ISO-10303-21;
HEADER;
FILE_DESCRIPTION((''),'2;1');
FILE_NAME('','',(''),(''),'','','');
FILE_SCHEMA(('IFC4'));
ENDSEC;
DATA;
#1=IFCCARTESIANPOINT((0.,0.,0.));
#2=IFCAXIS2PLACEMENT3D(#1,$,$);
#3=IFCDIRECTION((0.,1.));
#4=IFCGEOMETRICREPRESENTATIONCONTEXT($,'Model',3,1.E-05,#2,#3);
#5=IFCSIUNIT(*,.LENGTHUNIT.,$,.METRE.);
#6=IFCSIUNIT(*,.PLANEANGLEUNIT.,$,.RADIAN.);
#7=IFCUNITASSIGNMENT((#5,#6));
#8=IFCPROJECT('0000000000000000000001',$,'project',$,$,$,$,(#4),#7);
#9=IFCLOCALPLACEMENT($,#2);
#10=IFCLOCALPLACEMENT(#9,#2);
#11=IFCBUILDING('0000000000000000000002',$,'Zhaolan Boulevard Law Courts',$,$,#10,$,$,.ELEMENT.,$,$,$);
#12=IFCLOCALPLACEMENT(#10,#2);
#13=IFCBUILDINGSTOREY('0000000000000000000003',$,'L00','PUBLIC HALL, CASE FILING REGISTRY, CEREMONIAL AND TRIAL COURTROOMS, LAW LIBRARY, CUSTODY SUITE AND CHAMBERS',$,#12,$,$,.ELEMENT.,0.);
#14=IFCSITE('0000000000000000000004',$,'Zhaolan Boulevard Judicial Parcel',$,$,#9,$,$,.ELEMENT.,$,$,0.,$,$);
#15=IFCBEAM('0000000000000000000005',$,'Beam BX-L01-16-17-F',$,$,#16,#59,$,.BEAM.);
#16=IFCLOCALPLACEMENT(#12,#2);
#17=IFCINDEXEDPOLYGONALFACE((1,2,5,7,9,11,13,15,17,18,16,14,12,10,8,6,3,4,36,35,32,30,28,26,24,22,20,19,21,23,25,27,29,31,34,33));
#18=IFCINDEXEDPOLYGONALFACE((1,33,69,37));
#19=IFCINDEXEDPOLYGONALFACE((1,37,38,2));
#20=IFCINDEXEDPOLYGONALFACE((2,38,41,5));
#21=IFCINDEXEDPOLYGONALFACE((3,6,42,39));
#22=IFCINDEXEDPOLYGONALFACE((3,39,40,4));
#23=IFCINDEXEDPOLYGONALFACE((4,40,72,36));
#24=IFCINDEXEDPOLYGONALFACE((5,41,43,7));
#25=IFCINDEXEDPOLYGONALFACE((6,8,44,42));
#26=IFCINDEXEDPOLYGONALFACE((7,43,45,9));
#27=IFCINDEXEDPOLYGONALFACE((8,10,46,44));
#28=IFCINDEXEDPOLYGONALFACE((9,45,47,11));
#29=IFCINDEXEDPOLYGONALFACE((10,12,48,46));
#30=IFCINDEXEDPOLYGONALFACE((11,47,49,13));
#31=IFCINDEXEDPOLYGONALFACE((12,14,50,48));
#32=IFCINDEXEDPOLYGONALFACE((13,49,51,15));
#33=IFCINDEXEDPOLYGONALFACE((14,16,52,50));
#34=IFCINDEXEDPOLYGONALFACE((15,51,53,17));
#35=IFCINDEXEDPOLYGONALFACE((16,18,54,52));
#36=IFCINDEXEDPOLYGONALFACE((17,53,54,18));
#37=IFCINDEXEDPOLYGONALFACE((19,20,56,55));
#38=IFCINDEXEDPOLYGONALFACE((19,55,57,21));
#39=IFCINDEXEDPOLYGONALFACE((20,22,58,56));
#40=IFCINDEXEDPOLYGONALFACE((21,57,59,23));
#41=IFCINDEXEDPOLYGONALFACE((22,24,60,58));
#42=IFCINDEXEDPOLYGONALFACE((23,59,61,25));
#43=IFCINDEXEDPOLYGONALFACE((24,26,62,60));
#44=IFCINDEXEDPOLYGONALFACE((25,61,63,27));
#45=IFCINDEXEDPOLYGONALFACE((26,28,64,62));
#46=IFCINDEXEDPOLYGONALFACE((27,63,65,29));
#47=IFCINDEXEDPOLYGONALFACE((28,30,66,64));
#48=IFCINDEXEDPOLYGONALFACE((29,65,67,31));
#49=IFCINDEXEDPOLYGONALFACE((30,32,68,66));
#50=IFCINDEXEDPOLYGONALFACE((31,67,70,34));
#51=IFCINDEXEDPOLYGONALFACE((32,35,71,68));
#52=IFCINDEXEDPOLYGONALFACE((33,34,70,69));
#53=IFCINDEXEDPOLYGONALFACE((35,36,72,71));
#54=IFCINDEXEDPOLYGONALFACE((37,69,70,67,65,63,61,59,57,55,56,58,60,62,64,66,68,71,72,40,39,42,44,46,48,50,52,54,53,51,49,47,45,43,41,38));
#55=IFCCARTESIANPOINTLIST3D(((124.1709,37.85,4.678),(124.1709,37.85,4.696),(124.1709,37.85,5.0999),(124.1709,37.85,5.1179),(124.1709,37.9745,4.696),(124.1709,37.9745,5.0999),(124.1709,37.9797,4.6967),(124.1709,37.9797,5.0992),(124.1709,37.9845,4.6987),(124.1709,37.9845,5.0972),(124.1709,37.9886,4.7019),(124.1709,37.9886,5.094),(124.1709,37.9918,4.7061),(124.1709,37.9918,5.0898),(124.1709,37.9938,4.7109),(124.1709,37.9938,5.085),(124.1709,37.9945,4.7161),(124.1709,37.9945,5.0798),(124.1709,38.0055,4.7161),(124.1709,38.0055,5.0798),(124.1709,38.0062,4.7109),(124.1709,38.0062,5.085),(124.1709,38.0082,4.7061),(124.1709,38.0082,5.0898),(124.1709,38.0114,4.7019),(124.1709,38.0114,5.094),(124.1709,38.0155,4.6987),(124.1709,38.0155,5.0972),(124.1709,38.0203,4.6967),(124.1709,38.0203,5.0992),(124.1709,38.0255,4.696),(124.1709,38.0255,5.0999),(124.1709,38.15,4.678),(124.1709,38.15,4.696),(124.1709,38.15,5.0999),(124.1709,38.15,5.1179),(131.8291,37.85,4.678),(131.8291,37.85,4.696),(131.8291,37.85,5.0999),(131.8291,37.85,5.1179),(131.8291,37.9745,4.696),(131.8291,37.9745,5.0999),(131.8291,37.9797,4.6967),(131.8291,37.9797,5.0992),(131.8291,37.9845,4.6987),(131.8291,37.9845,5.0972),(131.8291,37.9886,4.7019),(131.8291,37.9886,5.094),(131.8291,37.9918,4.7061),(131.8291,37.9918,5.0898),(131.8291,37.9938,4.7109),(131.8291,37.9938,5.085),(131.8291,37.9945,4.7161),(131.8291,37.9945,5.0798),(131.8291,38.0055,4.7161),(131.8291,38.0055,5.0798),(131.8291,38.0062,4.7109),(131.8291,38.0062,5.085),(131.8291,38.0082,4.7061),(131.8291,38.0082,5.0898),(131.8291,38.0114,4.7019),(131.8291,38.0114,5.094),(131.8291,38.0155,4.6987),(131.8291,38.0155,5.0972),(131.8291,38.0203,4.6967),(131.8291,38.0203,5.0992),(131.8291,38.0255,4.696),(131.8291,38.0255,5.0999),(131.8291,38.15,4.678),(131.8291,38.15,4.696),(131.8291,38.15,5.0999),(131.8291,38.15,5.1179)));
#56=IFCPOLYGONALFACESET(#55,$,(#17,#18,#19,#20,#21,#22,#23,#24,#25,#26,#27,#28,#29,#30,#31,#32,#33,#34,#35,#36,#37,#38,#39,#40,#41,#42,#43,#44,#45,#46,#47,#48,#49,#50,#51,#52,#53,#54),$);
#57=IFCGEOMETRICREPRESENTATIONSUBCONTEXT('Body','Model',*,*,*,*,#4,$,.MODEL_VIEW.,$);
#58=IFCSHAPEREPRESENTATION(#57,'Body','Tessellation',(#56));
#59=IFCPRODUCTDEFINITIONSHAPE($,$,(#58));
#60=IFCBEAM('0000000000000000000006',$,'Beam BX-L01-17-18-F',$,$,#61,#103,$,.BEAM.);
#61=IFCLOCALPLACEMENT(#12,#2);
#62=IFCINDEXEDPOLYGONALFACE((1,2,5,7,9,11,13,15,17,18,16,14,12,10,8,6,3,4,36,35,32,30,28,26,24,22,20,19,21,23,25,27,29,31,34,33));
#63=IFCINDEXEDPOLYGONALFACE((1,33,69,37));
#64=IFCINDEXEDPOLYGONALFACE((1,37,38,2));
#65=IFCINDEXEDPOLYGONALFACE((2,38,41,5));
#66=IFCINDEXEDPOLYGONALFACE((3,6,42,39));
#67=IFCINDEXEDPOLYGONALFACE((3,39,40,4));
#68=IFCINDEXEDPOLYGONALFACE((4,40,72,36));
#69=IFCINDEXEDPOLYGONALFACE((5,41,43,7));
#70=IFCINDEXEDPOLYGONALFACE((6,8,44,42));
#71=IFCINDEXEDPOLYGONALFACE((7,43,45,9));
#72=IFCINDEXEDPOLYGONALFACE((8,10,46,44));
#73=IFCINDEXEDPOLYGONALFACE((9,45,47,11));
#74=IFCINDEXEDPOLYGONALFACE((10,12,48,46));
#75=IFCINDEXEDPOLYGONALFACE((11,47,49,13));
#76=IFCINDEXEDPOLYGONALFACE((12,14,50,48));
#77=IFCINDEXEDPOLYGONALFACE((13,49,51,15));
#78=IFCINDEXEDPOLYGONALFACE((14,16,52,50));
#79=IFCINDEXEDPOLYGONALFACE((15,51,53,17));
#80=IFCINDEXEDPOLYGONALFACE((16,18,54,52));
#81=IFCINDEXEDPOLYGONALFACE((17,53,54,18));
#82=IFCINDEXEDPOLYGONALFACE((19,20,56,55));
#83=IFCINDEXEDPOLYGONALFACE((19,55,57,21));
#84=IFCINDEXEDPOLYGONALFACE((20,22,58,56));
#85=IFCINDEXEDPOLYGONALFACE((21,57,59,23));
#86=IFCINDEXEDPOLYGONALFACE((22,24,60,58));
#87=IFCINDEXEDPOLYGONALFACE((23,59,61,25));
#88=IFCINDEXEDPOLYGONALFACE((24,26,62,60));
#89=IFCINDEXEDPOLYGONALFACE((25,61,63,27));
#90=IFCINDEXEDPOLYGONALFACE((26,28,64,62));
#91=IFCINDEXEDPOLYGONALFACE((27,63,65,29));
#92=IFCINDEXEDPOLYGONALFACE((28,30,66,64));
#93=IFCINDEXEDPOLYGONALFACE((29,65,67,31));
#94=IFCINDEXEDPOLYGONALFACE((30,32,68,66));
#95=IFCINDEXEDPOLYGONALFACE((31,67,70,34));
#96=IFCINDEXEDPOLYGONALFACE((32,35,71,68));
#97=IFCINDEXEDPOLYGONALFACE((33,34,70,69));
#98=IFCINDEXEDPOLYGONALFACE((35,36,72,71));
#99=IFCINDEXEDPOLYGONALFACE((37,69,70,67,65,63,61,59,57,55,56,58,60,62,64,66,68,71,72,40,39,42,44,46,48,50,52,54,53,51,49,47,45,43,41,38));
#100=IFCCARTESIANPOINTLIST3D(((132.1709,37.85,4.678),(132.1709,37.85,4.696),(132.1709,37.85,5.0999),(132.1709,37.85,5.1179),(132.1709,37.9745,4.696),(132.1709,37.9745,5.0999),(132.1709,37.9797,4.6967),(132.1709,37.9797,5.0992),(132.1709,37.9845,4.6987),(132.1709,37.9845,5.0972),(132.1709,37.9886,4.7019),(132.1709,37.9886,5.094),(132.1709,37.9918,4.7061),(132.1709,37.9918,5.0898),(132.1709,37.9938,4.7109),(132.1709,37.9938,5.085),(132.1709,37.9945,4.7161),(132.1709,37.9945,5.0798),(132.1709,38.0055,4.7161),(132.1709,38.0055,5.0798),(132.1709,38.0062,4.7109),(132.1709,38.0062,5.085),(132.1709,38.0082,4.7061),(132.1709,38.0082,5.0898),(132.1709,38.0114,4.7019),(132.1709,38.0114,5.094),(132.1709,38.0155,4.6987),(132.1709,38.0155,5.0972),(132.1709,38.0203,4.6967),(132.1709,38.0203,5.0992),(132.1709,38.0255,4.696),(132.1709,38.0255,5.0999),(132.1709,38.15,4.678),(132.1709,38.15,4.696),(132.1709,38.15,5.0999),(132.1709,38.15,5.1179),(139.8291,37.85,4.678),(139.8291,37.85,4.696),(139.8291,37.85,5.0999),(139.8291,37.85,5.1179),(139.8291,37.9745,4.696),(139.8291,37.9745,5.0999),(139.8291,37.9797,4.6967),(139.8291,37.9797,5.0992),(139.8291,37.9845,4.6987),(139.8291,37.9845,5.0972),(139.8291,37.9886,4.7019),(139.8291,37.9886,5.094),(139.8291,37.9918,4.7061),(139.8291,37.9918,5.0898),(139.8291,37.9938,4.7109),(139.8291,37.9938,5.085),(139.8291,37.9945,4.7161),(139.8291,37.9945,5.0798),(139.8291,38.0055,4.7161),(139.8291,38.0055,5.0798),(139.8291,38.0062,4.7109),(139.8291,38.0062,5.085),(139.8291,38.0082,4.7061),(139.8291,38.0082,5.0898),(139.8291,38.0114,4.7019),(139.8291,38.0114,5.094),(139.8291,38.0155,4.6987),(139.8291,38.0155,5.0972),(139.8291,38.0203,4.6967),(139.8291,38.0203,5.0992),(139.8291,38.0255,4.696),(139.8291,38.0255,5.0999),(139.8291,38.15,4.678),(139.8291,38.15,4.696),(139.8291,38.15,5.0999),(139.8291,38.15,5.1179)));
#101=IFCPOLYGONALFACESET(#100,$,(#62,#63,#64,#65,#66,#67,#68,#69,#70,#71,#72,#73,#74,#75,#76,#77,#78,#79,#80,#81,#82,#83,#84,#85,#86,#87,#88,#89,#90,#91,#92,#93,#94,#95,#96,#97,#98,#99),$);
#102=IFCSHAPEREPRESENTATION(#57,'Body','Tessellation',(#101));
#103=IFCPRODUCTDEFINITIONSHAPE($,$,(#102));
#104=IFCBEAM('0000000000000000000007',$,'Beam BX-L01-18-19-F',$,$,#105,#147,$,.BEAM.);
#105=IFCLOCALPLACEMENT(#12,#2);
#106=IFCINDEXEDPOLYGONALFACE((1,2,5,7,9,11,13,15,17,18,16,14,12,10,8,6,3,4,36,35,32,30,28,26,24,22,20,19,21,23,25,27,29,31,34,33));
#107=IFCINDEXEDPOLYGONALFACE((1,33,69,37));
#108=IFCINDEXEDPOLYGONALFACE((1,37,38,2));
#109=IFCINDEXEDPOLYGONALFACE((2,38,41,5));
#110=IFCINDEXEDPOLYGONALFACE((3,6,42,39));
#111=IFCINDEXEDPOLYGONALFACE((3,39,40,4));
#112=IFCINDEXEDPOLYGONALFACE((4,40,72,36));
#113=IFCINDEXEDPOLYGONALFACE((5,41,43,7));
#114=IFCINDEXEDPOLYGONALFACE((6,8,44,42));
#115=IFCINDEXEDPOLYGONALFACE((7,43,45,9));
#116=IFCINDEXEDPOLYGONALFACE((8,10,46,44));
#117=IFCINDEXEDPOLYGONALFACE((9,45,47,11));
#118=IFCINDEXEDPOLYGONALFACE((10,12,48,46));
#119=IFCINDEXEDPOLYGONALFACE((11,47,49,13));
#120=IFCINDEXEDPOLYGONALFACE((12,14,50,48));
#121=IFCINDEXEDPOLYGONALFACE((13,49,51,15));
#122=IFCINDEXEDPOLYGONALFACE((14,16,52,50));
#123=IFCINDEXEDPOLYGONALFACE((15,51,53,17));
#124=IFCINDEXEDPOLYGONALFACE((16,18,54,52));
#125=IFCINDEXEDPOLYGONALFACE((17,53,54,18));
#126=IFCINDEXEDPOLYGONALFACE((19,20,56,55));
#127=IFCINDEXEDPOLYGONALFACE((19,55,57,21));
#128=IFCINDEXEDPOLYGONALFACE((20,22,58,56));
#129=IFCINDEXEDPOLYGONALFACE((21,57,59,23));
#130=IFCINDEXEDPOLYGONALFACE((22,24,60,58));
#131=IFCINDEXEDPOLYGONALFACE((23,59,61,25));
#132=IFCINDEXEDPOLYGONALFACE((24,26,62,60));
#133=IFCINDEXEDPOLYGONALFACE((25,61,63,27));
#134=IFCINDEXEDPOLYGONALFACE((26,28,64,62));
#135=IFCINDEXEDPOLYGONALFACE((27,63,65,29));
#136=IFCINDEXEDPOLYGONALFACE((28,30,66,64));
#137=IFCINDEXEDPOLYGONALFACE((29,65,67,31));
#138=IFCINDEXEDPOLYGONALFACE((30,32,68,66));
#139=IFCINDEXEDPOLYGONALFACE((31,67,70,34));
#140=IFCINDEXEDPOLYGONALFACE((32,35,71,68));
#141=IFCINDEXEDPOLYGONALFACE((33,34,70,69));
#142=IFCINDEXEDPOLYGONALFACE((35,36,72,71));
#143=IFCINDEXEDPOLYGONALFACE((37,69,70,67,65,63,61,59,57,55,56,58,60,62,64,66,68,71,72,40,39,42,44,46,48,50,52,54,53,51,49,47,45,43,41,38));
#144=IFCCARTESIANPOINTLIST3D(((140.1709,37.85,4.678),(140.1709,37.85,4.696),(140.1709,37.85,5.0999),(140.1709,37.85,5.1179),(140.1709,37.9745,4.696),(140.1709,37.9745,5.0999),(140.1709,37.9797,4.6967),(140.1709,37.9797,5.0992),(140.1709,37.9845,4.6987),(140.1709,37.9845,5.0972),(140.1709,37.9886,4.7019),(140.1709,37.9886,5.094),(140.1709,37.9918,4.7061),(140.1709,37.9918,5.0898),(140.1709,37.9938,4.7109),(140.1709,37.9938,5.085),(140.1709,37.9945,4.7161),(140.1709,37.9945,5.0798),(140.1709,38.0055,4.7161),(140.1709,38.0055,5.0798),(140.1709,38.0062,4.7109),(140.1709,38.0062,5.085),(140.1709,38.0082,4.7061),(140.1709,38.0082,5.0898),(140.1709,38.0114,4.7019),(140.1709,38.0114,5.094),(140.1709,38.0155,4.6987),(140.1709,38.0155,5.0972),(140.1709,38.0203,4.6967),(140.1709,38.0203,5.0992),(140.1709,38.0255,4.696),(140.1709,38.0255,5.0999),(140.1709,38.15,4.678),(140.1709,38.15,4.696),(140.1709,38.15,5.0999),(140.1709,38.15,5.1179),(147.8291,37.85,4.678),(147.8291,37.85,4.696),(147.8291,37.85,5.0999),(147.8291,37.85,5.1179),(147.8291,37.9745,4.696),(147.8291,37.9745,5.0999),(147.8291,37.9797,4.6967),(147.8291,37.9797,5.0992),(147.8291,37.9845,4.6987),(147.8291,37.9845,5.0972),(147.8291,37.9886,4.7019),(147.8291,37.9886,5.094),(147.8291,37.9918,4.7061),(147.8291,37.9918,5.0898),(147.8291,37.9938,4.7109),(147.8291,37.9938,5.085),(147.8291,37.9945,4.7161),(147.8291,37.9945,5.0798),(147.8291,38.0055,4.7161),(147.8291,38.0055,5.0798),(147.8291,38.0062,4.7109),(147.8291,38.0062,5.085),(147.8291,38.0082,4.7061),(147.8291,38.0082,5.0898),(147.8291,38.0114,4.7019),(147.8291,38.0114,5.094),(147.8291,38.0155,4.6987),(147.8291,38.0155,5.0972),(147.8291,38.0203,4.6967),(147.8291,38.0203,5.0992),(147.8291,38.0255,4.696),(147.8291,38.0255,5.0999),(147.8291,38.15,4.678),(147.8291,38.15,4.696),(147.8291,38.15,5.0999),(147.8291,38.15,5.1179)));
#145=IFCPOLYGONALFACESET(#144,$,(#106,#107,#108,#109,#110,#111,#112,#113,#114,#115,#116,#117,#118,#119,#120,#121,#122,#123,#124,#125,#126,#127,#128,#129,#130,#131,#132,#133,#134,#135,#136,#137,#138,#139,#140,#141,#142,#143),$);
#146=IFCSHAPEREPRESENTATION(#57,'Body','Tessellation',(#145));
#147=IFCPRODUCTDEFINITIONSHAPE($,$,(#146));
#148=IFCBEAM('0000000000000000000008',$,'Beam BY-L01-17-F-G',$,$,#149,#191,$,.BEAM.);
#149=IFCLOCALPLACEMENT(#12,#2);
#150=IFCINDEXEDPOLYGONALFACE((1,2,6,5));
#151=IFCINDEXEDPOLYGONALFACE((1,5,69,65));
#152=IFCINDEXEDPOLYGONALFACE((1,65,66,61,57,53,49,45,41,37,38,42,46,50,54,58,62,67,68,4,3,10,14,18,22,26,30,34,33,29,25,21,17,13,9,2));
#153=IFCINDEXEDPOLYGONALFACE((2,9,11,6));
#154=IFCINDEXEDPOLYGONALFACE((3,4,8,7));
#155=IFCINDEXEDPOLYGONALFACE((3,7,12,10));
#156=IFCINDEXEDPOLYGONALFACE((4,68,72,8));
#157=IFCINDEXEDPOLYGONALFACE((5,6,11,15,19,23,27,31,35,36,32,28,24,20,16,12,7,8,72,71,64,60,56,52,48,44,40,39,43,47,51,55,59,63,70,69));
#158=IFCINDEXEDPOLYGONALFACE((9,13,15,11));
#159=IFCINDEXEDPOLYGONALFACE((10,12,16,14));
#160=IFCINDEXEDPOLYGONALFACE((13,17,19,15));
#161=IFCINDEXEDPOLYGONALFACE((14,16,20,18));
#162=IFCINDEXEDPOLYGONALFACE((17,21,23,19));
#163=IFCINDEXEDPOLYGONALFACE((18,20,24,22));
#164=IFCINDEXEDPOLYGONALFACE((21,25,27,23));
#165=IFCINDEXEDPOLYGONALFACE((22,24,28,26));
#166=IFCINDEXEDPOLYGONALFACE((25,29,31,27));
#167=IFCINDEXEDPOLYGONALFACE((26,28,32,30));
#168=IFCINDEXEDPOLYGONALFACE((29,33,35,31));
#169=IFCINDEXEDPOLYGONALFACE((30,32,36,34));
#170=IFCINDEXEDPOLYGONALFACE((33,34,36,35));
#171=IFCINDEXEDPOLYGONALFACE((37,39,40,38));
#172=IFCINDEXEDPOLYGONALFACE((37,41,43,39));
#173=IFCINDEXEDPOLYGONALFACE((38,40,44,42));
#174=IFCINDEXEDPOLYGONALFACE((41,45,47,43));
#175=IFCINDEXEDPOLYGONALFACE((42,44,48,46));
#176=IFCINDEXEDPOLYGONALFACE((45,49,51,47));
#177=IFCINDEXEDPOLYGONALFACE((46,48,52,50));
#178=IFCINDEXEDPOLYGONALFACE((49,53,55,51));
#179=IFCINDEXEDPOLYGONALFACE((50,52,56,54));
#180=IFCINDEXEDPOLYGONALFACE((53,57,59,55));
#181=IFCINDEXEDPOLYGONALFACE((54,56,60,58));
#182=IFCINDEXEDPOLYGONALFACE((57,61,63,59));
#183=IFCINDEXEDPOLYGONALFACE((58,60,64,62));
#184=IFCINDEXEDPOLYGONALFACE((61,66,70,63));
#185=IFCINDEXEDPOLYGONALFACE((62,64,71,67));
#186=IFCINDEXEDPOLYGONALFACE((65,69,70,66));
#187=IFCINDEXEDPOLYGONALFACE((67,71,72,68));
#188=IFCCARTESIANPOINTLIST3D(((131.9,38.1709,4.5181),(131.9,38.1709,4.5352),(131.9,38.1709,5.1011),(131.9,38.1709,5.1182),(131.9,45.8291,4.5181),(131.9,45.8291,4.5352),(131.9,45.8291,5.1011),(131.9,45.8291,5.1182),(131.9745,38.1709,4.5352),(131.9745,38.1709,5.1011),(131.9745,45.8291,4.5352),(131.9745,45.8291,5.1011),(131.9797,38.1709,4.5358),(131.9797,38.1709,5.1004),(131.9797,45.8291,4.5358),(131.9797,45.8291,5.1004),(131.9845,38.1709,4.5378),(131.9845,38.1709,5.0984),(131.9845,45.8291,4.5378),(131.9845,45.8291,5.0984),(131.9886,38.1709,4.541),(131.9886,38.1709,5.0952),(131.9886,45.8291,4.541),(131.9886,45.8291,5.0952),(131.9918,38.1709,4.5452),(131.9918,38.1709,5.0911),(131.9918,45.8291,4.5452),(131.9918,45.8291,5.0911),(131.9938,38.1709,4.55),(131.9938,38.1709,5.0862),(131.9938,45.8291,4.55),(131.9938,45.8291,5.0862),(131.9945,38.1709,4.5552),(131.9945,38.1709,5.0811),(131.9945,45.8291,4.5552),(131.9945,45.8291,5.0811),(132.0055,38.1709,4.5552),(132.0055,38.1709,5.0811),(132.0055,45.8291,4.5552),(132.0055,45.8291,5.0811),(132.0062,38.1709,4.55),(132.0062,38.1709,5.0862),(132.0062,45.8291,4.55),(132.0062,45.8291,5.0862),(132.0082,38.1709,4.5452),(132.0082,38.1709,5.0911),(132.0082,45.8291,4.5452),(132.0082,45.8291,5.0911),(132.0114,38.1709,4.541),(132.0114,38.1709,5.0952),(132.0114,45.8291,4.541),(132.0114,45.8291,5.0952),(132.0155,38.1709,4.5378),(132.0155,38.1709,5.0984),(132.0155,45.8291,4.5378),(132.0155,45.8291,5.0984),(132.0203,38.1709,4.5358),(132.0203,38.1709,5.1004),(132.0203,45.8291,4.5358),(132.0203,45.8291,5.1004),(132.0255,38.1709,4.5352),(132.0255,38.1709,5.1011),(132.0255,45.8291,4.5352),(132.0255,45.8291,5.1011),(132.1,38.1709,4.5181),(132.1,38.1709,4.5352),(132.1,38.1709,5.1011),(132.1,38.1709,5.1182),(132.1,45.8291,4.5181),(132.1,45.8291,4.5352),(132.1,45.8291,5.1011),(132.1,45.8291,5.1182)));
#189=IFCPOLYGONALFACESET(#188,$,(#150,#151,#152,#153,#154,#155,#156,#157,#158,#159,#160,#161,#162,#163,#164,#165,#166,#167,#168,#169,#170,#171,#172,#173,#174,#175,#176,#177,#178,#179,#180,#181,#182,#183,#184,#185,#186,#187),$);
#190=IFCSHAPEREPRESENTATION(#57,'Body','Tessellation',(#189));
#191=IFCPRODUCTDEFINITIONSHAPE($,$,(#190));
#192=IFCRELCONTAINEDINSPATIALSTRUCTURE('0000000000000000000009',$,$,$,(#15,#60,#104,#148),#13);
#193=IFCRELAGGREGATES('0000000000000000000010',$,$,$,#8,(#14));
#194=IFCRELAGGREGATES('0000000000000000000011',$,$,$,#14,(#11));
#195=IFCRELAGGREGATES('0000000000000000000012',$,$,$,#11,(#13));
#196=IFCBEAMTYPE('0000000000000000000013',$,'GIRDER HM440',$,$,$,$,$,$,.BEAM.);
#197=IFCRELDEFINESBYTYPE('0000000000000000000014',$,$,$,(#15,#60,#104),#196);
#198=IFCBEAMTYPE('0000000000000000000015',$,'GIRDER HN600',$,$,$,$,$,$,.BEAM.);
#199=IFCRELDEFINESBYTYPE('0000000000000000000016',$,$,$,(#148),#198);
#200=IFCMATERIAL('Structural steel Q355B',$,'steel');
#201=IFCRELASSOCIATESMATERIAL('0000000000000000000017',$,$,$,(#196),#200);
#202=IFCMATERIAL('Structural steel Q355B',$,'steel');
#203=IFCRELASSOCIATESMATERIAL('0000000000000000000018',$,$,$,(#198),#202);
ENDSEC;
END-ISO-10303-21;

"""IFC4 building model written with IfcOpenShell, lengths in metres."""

from ifc_helpers import new_model, si_unit, direction, frame, origin, origin_2d, place, context, subcontext, project, spatial, i_section, extrude, material, material_profile, profile_set, type_object, element, save


model = new_model("IFC4")

# Units and contexts
model_context = context("Model", 3, precision=1e-05, world=origin(), true_north=direction((0.0, 1.0)))
body_context = subcontext(model_context, "Body", "Model", "MODEL_VIEW")
ifc_project = project(units=[si_unit("LENGTHUNIT", "METRE"), si_unit("PLANEANGLEUNIT", "RADIAN")], contexts=[model_context])

# Site, building, storey
site_placement = place(None, origin())
site = spatial("IfcSite", under=ifc_project, at=site_placement, Name="Zhaolan Boulevard Judicial Parcel", CompositionType="ELEMENT", RefElevation=0.0)
building_placement = place(site_placement, origin())
building = spatial("IfcBuilding", under=site, at=building_placement, Name="Zhaolan Boulevard Law Courts", CompositionType="ELEMENT")
storey_placement = place(building_placement, origin())
storey = spatial("IfcBuildingStorey", under=building, at=storey_placement, Name="L00", Description="PUBLIC HALL, CASE FILING REGISTRY, CEREMONIAL AND TRIAL COURTROOMS, LAW LIBRARY, CUSTODY SUITE AND CHAMBERS", CompositionType="ELEMENT", Elevation=0.0)

# Beams
ifc_material_1 = material(Name="Structural steel Q355B", Category="steel")
ifc_material_profile_1 = material_profile(ifc_material_1, i_section(OverallWidth=0.3, OverallDepth=0.4399, WebThickness=0.011, FlangeThickness=0.0181, FilletRadius=0.02, at=origin_2d()), Name="HM440x300")
ifc_profile_set_1 = profile_set([ifc_material_profile_1], Name="Structural steel Q355B")
beam_type_1 = type_object("IfcBeamType", Name="GIRDER HM440", PredefinedType="BEAM", material=ifc_profile_set_1)
for number, where, z_axis, x_axis, name in (
    (1, (124.1709, 38.0, 4.8979), (1.0, 0.0, 0.0), (0.0, 1.0, 0.0), "Beam BX-L01-16-17-F"),
    (2, (132.1709, 38.0, 4.8979), (1.0, 0.0, 0.0), (0.0, 1.0, 0.0), "Beam BX-L01-17-18-F"),
    (3, (140.1709, 38.0, 4.8979), (1.0, 0.0, 0.0), (0.0, 1.0, 0.0), "Beam BX-L01-18-19-F"),
):
    element("IfcBeam", number, at=place(storey_placement, frame(where, z_axis=z_axis, x_axis=x_axis)), inside=storey, type_object=beam_type_1, Name=name, PredefinedType="BEAM", context=body_context, shape_type="SweptSolid", body=[
        extrude(i_section(OverallWidth=0.3, OverallDepth=0.4399, WebThickness=0.011, FlangeThickness=0.0181, FilletRadius=0.02, at=origin_2d()), origin(), (0.0, 0.0, 1.0), 7.6582),
    ])
ifc_material_2 = material(Name="Structural steel Q355B", Category="steel")
ifc_material_profile_2 = material_profile(ifc_material_2, i_section(OverallWidth=0.2, OverallDepth=0.6001, WebThickness=0.011, FlangeThickness=0.0171, FilletRadius=0.02, at=origin_2d()), Name="HN600x200")
ifc_profile_set_2 = profile_set([ifc_material_profile_2], Name="Structural steel Q355B")
beam_type_2 = type_object("IfcBeamType", Name="GIRDER HN600", PredefinedType="BEAM", material=ifc_profile_set_2)
for number, where, z_axis, x_axis, name in (
    (4, (132.0, 38.1709, 4.8181), (0.0, 1.0, 0.0), (-1.0, 0.0, 0.0), "Beam BY-L01-17-F-G"),
):
    element("IfcBeam", number, at=place(storey_placement, frame(where, z_axis=z_axis, x_axis=x_axis)), inside=storey, type_object=beam_type_2, Name=name, PredefinedType="BEAM", context=body_context, shape_type="SweptSolid", body=[
        extrude(i_section(OverallWidth=0.2, OverallDepth=0.6001, WebThickness=0.011, FlangeThickness=0.0171, FilletRadius=0.02, at=origin_2d()), origin(), (0.0, 0.0, 1.0), 7.6582),
    ])

save(model, "model.ifc")
